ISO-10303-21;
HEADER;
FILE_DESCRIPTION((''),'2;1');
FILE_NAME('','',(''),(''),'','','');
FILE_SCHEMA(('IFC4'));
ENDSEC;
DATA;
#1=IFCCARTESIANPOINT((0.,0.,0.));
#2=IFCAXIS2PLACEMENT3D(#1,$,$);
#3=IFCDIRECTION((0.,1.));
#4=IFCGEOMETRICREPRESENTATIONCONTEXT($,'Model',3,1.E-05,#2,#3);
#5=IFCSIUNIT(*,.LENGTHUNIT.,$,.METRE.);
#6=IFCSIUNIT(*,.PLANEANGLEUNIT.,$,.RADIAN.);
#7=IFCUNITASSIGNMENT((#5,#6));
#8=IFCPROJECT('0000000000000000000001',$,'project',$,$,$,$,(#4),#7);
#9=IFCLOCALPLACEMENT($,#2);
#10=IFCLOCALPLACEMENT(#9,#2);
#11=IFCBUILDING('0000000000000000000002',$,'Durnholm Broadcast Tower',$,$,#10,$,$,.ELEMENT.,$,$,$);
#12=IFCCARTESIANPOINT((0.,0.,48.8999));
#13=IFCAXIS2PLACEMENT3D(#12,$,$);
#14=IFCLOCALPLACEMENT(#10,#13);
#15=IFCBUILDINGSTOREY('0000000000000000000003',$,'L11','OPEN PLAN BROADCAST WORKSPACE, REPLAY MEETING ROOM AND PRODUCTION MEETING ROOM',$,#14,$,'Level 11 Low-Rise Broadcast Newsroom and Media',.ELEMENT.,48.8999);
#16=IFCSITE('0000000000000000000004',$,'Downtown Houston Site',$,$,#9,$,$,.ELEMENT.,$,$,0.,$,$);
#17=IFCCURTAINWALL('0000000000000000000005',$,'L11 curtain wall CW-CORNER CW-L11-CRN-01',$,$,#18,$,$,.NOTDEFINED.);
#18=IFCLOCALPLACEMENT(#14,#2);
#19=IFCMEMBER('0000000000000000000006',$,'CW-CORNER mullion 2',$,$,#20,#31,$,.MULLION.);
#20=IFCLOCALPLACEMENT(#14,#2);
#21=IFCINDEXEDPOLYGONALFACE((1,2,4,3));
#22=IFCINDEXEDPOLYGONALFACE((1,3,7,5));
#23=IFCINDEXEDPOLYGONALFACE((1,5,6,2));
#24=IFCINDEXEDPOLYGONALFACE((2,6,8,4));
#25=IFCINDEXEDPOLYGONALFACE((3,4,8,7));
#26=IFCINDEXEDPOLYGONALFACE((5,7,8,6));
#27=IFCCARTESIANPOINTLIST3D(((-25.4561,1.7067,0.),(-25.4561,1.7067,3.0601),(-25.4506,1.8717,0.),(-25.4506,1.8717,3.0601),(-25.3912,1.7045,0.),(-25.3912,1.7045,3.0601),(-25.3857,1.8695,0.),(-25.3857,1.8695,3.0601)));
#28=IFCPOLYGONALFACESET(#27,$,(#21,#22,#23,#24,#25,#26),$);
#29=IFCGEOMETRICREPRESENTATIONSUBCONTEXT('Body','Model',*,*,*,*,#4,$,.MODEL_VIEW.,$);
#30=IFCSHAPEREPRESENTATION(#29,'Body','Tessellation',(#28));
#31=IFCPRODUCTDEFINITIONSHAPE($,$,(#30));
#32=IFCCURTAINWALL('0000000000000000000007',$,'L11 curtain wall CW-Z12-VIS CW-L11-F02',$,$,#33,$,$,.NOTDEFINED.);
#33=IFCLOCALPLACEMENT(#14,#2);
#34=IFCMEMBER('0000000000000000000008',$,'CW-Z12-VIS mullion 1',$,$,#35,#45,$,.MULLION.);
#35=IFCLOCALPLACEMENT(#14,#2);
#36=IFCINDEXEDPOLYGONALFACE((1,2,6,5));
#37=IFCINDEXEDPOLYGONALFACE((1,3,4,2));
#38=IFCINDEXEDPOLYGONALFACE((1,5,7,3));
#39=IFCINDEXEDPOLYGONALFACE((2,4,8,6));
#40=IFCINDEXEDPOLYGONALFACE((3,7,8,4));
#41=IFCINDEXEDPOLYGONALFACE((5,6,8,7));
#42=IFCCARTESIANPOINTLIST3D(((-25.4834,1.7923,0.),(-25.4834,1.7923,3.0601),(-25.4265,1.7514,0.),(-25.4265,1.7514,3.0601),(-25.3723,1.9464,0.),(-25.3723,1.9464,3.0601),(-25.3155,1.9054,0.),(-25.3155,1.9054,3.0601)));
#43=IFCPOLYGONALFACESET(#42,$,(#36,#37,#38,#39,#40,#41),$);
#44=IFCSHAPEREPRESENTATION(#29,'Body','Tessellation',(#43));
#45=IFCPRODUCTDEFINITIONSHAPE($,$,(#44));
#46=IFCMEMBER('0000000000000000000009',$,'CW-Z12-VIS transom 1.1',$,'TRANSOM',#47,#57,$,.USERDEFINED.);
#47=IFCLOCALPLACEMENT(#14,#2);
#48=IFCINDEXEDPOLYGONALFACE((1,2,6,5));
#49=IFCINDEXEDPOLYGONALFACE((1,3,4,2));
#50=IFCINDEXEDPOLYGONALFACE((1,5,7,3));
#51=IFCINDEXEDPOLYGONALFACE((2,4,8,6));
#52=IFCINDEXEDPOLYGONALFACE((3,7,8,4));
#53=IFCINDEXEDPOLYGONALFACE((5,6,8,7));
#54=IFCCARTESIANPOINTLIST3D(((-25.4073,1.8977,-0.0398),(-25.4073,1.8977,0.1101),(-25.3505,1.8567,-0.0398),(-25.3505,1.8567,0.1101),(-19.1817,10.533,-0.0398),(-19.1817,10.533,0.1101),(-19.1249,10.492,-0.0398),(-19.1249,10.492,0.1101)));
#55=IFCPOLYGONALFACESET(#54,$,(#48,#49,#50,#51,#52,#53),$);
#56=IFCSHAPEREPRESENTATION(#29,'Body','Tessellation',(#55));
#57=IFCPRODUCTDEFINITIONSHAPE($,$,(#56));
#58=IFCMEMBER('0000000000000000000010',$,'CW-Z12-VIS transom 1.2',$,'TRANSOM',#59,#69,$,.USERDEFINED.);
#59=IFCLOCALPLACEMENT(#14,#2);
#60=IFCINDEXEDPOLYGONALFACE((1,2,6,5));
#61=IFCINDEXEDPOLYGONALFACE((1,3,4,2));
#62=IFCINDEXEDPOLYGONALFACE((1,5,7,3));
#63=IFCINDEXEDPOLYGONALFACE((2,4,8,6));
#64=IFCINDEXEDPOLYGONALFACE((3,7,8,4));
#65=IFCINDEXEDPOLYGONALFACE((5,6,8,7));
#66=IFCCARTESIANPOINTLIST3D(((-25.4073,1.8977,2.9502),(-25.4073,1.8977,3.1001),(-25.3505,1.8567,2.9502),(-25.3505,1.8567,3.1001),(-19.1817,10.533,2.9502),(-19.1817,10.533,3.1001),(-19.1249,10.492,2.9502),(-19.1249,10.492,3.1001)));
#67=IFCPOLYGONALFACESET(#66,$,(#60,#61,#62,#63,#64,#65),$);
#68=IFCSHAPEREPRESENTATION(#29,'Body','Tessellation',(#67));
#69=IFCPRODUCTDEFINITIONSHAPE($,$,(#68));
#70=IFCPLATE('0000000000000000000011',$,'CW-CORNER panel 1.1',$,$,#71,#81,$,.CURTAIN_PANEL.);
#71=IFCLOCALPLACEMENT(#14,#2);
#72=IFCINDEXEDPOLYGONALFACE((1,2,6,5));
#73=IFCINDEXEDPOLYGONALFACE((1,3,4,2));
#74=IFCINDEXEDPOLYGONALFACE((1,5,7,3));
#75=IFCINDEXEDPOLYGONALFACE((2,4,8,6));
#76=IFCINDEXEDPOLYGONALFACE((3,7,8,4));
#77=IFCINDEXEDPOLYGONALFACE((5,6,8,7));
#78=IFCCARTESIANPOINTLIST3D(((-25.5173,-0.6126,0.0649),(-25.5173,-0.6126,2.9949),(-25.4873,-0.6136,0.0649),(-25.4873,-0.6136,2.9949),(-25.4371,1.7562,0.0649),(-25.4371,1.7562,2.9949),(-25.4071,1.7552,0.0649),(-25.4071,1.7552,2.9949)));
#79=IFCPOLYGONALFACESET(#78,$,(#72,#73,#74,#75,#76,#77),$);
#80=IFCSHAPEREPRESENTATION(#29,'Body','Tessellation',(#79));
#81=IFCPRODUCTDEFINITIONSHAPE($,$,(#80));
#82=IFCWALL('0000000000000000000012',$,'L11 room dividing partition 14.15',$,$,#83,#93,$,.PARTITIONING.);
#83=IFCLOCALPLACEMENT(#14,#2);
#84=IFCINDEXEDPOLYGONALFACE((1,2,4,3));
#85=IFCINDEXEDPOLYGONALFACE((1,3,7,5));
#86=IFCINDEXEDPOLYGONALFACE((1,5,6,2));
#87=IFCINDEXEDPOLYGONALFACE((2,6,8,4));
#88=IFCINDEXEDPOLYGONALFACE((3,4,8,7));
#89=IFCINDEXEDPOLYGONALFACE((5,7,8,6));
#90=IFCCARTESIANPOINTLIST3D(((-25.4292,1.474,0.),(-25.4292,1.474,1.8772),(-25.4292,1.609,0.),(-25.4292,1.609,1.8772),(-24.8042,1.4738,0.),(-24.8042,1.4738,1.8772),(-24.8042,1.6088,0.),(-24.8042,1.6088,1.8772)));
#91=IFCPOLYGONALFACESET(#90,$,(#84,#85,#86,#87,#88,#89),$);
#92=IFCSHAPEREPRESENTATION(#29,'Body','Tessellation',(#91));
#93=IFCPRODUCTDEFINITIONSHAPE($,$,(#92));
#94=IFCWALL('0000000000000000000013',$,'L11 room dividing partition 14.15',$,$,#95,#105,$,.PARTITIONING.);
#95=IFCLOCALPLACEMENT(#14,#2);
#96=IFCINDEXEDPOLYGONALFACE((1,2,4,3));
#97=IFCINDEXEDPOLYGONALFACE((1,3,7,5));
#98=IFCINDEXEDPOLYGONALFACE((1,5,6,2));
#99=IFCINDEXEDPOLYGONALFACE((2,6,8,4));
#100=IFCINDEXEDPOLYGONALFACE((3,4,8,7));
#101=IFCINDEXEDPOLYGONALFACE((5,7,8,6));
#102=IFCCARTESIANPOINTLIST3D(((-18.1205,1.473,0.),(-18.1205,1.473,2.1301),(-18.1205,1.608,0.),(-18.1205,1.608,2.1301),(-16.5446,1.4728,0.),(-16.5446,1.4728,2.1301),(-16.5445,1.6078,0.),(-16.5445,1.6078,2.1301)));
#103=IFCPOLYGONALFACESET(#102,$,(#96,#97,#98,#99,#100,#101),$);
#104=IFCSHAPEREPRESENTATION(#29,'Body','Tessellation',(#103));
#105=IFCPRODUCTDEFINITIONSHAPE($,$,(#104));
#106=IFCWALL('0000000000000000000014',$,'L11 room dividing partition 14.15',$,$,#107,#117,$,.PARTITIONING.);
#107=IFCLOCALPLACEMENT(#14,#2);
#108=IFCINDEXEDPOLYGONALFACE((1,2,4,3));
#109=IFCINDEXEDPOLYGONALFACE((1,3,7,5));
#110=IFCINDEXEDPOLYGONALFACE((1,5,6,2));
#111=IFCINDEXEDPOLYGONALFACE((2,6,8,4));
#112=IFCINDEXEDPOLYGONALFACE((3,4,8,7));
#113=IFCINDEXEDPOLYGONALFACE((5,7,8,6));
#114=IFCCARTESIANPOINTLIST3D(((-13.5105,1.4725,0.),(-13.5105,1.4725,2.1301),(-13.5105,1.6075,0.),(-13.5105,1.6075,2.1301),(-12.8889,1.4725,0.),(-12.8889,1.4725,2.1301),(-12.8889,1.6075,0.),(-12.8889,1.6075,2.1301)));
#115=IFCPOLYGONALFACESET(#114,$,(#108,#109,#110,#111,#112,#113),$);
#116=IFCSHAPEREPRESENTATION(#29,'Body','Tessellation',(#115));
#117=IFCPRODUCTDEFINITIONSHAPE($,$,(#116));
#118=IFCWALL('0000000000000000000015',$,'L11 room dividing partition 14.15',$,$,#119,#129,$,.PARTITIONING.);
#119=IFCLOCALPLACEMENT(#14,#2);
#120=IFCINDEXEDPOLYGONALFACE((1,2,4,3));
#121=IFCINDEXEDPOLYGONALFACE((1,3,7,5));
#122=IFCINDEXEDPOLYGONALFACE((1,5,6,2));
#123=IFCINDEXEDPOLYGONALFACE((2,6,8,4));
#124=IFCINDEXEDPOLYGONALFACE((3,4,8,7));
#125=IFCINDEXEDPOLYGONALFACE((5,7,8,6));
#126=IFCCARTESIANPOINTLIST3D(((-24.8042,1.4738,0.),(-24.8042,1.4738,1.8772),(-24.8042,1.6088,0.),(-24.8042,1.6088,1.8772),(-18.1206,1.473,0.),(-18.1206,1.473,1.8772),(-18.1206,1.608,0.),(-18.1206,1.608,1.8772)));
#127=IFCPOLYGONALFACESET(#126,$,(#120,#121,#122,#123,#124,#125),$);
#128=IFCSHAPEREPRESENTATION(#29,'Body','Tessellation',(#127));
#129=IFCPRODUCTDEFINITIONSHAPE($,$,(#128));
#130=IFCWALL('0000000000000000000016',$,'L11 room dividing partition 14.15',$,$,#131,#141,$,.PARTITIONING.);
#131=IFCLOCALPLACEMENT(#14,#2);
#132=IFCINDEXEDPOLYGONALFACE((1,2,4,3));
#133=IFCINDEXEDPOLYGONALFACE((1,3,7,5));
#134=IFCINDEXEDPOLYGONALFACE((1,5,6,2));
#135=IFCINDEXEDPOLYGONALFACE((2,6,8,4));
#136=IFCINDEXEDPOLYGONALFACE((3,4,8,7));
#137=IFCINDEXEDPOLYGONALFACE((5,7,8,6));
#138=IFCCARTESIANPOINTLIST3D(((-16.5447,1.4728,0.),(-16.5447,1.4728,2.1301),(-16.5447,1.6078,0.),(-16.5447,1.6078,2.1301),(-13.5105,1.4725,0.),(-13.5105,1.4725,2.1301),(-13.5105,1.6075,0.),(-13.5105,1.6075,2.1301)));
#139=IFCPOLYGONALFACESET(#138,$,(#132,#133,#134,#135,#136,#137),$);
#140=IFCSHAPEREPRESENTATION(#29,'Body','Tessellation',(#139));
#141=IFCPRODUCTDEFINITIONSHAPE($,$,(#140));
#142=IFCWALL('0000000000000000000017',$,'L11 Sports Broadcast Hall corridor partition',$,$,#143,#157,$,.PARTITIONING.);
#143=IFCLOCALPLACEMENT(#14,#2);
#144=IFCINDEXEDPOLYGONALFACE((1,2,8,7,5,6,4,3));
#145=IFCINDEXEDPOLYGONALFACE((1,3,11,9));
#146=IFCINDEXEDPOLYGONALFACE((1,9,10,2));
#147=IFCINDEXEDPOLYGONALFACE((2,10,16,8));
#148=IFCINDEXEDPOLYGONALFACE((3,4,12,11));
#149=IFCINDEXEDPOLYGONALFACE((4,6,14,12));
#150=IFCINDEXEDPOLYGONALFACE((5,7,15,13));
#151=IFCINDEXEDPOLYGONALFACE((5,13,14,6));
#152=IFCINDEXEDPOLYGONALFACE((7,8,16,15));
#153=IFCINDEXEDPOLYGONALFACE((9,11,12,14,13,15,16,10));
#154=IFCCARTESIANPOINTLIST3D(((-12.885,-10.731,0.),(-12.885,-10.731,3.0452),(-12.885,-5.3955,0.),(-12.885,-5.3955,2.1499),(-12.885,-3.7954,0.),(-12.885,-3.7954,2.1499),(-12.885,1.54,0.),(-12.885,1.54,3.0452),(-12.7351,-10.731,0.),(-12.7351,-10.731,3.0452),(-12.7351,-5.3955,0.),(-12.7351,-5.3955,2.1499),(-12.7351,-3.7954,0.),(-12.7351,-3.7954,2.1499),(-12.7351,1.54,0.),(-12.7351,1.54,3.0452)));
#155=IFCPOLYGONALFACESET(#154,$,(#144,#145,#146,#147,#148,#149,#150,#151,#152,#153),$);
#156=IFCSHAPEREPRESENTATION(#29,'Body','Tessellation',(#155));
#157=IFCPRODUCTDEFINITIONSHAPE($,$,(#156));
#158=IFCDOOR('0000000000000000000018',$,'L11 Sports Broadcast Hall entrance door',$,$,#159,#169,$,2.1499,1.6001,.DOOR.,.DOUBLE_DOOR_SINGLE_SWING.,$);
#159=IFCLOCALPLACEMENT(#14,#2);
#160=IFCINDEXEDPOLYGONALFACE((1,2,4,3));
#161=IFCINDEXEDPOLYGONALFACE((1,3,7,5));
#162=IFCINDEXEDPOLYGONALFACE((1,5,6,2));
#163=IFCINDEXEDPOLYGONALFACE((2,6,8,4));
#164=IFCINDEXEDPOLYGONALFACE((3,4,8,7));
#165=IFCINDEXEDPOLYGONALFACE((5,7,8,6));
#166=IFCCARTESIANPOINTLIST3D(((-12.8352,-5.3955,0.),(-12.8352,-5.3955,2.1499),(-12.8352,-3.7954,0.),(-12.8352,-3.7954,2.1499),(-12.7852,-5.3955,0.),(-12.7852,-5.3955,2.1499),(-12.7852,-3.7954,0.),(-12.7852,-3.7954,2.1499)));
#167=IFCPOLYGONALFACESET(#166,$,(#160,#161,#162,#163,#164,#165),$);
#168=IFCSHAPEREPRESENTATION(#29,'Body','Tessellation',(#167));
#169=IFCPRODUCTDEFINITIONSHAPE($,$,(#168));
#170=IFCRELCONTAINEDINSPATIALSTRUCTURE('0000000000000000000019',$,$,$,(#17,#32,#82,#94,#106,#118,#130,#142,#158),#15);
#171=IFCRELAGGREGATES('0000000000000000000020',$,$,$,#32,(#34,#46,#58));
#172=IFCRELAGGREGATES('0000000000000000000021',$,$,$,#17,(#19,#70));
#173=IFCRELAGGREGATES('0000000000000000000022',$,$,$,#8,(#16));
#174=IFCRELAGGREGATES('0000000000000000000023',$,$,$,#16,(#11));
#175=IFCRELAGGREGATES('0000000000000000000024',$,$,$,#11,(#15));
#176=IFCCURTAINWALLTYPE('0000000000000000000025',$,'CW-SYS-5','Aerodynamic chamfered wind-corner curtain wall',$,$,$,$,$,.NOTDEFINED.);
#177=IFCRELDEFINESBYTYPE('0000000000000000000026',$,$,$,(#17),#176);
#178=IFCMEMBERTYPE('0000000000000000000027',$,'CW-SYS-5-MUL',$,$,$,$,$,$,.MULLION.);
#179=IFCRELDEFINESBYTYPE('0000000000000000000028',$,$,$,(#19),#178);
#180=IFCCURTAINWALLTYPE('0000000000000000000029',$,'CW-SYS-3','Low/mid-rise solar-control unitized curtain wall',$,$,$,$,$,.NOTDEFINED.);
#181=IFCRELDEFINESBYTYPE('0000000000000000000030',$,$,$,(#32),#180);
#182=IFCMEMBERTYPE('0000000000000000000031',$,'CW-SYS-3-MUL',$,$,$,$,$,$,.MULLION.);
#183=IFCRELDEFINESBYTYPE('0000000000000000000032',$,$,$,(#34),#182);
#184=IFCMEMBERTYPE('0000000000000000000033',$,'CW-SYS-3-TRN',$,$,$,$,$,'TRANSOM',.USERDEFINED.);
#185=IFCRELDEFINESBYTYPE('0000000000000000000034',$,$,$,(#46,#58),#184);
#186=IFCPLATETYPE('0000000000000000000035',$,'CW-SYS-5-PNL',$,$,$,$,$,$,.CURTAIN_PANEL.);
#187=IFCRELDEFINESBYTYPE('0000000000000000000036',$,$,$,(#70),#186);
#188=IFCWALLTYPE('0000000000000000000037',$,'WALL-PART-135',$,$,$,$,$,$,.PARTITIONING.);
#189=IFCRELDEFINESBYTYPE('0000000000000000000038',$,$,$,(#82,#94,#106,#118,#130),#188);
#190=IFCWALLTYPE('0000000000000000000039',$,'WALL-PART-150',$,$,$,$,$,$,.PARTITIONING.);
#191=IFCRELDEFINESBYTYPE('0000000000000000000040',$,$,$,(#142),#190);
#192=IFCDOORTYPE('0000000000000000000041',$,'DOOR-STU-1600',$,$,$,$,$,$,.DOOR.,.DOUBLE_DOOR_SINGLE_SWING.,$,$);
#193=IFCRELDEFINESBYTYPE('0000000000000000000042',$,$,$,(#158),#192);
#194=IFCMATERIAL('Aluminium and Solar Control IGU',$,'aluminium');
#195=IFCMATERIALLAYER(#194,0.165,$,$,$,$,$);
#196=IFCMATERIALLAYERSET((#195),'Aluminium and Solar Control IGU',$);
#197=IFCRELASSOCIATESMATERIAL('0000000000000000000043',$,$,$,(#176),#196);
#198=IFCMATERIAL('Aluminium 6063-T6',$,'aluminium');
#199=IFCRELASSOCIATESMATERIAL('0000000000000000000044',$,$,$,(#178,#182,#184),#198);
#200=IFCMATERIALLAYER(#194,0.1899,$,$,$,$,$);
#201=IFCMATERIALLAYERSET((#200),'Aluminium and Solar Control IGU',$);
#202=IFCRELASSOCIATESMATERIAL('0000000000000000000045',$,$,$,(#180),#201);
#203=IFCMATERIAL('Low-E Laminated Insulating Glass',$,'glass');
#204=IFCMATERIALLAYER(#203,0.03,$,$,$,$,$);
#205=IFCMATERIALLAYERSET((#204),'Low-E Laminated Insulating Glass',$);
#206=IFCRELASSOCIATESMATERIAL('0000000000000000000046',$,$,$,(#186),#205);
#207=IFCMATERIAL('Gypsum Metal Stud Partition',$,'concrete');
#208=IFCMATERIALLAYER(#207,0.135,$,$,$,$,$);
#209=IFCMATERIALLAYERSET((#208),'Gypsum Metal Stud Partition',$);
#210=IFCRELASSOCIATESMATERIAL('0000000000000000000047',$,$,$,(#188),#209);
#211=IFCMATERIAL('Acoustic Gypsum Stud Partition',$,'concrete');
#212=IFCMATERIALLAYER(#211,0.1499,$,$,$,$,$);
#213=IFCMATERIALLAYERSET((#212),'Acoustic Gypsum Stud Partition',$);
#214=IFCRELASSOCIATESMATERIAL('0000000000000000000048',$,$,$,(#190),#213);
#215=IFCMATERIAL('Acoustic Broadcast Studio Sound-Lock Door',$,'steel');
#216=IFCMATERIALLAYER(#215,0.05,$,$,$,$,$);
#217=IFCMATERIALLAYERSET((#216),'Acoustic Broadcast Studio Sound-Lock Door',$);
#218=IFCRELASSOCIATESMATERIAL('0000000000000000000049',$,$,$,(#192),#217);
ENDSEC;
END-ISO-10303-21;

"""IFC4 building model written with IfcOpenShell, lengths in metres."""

from ifc_helpers import new_model, si_unit, direction, frame, frame_2d, origin, origin_2d, place, context, subcontext, project, spatial, rectangle, extrude, source, transform, mapped, material, layer, layer_set, material_profile, profile_set, type_object, type_shapes, element, fill, aggregate, save


model = new_model("IFC4")

# Units and contexts
model_context = context("Model", 3, precision=1e-05, world=origin(), true_north=direction((0.0, 1.0)))
body_context = subcontext(model_context, "Body", "Model", "MODEL_VIEW")
ifc_project = project(units=[si_unit("LENGTHUNIT", "METRE"), si_unit("PLANEANGLEUNIT", "RADIAN")], contexts=[model_context])

# Site, building, storey
site_placement = place(None, origin())
site = spatial("IfcSite", under=ifc_project, at=site_placement, Name="Downtown Houston Site", CompositionType="ELEMENT", RefElevation=0.0)
building_placement = place(site_placement, origin())
building = spatial("IfcBuilding", under=site, at=building_placement, Name="Durnholm Broadcast Tower", CompositionType="ELEMENT")
storey_placement = place(building_placement, frame((0.0, 0.0, 48.8999)))
storey = spatial("IfcBuildingStorey", under=building, at=storey_placement, Name="L11", Description="OPEN PLAN BROADCAST WORKSPACE, REPLAY MEETING ROOM AND PRODUCTION MEETING ROOM", LongName="Level 11 Low-Rise Broadcast Newsroom and Media", CompositionType="ELEMENT", Elevation=48.8999)

# Curtain wall, member
ifc_material_1 = material(Name="Aluminium and Solar Control IGU", Category="aluminium")
ifc_layer_1 = layer(ifc_material_1, 0.165)
ifc_layer_set_1 = layer_set([ifc_layer_1], Name="Aluminium and Solar Control IGU")
curtain_wall_type_1 = type_object("IfcCurtainWallType", Name="CW-SYS-5", Description="Aerodynamic chamfered wind-corner curtain wall", PredefinedType="NOTDEFINED", material=ifc_layer_set_1)
curtain_wall_1_placement = place(storey_placement, origin())
curtain_wall_1 = element("IfcCurtainWall", 1, at=curtain_wall_1_placement, inside=storey, type_object=curtain_wall_type_1, Name="L11 curtain wall CW-CORNER CW-L11-CRN-01", PredefinedType="NOTDEFINED")
ifc_material_2 = material(Name="Aluminium 6063-T6", Category="aluminium")
ifc_material_profile_1 = material_profile(ifc_material_2, rectangle(XDim=0.0649, YDim=0.165, at=origin_2d()), Name="CWM65X165")
ifc_profile_set_1 = profile_set([ifc_material_profile_1], Name="Aluminium 6063-T6")
member_type_1 = type_object("IfcMemberType", Name="CW-SYS-5-MUL", PredefinedType="MULLION", material=ifc_profile_set_1)
shared_shape_1 = source(origin(), body_context, "Body", "SweptSolid", [
    extrude(rectangle(XDim=0.0649, YDim=0.165, at=origin_2d()), origin(), (0.0, 0.0, 1.0), 3.0601),
])
type_shapes(member_type_1, [shared_shape_1])
member_1_placement = place(storey_placement, frame((-25.4209, 1.7881, 0.0), z_axis=(0.0, 0.0, 1.0), x_axis=(-0.999427, 0.03384, 0.0)))
member_1 = element("IfcMember", 2, at=member_1_placement, type_object=member_type_1, Name="CW-CORNER mullion 2", PredefinedType="MULLION", context=body_context, shape_type="MappedRepresentation", body=[
    mapped(shared_shape_1, transform((0.0, 0.0, 0.0), x_axis=(1.0, 0.0, 0.0), y_axis=(0.0, 1.0, 0.0), z_axis=(0.0, 0.0, 1.0), scale=1.0)),
])

# Curtain wall, members
ifc_layer_2 = layer(ifc_material_1, 0.1899)
ifc_layer_set_2 = layer_set([ifc_layer_2], Name="Aluminium and Solar Control IGU")
curtain_wall_type_2 = type_object("IfcCurtainWallType", Name="CW-SYS-3", Description="Low/mid-rise solar-control unitized curtain wall", PredefinedType="NOTDEFINED", material=ifc_layer_set_2)
curtain_wall_2_placement = place(storey_placement, origin())
curtain_wall_2 = element("IfcCurtainWall", 3, at=curtain_wall_2_placement, inside=storey, type_object=curtain_wall_type_2, Name="L11 curtain wall CW-Z12-VIS CW-L11-F02", PredefinedType="NOTDEFINED")
ifc_material_profile_2 = material_profile(ifc_material_2, rectangle(XDim=0.0701, YDim=0.1899, at=origin_2d()), Name="CWM70X190")
ifc_profile_set_2 = profile_set([ifc_material_profile_2], Name="Aluminium 6063-T6")
member_type_2 = type_object("IfcMemberType", Name="CW-SYS-3-MUL", PredefinedType="MULLION", material=ifc_profile_set_2)
shared_shape_2 = source(origin(), body_context, "Body", "SweptSolid", [
    extrude(rectangle(XDim=0.0701, YDim=0.1899, at=origin_2d()), origin(), (0.0, 0.0, 1.0), 3.0601),
])
type_shapes(member_type_2, [shared_shape_2])
member_2_placement = place(storey_placement, frame((-25.3994, 1.8489, 0.0), z_axis=(0.0, 0.0, 1.0), x_axis=(-0.811161, 0.584823, 0.0)))
member_2 = element("IfcMember", 4, at=member_2_placement, type_object=member_type_2, Name="CW-Z12-VIS mullion 1", PredefinedType="MULLION", context=body_context, shape_type="MappedRepresentation", body=[
    mapped(shared_shape_2, transform((0.0, 0.0, 0.0), x_axis=(1.0, 0.0, 0.0), y_axis=(0.0, 1.0, 0.0), z_axis=(0.0, 0.0, 1.0), scale=1.0)),
])
ifc_material_profile_3 = material_profile(ifc_material_2, rectangle(XDim=0.0701, YDim=0.1499, at=origin_2d()), Name="CWT70X150")
ifc_profile_set_3 = profile_set([ifc_material_profile_3], Name="Aluminium 6063-T6")
member_type_3 = type_object("IfcMemberType", Name="CW-SYS-3-TRN", ElementType="TRANSOM", PredefinedType="USERDEFINED", material=ifc_profile_set_3)
shared_shape_3 = source(origin(), body_context, "Body", "SweptSolid", [
    extrude(rectangle(XDim=0.0701, YDim=0.1499, at=origin_2d()), origin(), (0.0, 0.0, 1.0), 10.6455),
])
type_shapes(member_type_3, [shared_shape_3])
member_3_placement = place(storey_placement, frame((-25.3789, 1.8772, 0.0352), z_axis=(0.584812, 0.811169, 0.0), x_axis=(-0.811169, 0.584812, 0.0)))
member_3 = element("IfcMember", 5, at=member_3_placement, type_object=member_type_3, Name="CW-Z12-VIS transom 1.1", ObjectType="TRANSOM", PredefinedType="USERDEFINED", context=body_context, shape_type="MappedRepresentation", body=[
    mapped(shared_shape_3, transform((0.0, 0.0, 0.0), x_axis=(1.0, 0.0, 0.0), y_axis=(0.0, 1.0, 0.0), z_axis=(0.0, 0.0, 1.0), scale=1.0)),
])
member_4_placement = place(storey_placement, frame((-25.3789, 1.8772, 3.0251), z_axis=(0.584812, 0.811169, 0.0), x_axis=(-0.811169, 0.584812, 0.0)))
member_4 = element("IfcMember", 6, at=member_4_placement, type_object=member_type_3, Name="CW-Z12-VIS transom 1.2", ObjectType="TRANSOM", PredefinedType="USERDEFINED", context=body_context, shape_type="MappedRepresentation", body=[
    mapped(shared_shape_3, transform((0.0, 0.0, 0.0), x_axis=(1.0, 0.0, 0.0), y_axis=(0.0, 1.0, 0.0), z_axis=(0.0, 0.0, 1.0), scale=1.0)),
])
aggregate(curtain_wall_2, [member_2, member_3, member_4])

# Plate
ifc_material_3 = material(Name="Low-E Laminated Insulating Glass", Category="glass")
ifc_layer_3 = layer(ifc_material_3, 0.03)
ifc_layer_set_3 = layer_set([ifc_layer_3], Name="Low-E Laminated Insulating Glass")
plate_type = type_object("IfcPlateType", Name="CW-SYS-5-PNL", PredefinedType="CURTAIN_PANEL", material=ifc_layer_set_3)
shared_shape_4 = source(origin(), body_context, "Body", "SweptSolid", [
    extrude(rectangle(XDim=2.3701, YDim=0.03, at=origin_2d()), origin(), (0.0, 0.0, 1.0), 2.9299),
])
type_shapes(plate_type, [shared_shape_4])
plate_placement = place(storey_placement, frame((-25.4622, 0.5713, 0.0649), z_axis=(0.0, 0.0, 1.0), x_axis=(0.03384, 0.999427, 0.0)))
plate = element("IfcPlate", 7, at=plate_placement, type_object=plate_type, Name="CW-CORNER panel 1.1", PredefinedType="CURTAIN_PANEL", context=body_context, shape_type="MappedRepresentation", body=[
    mapped(shared_shape_4, transform((0.0, 0.0, 0.0), x_axis=(1.0, 0.0, 0.0), y_axis=(0.0, 1.0, 0.0), z_axis=(0.0, 0.0, 1.0), scale=1.0)),
])
aggregate(curtain_wall_1, [member_1, plate])

# Walls
ifc_material_4 = material(Name="Gypsum Metal Stud Partition", Category="concrete")
ifc_layer_4 = layer(ifc_material_4, 0.135)
ifc_layer_set_4 = layer_set([ifc_layer_4], Name="Gypsum Metal Stud Partition")
wall_type_1 = type_object("IfcWallType", Name="WALL-PART-135", PredefinedType="PARTITIONING", material=ifc_layer_set_4)
wall_1_placement = place(storey_placement, frame((-25.4292, 1.5415, 0.0), z_axis=(0.0, 0.0, 1.0), x_axis=(1.0, -0.000391, 0.0)))
element("IfcWall", 8, at=wall_1_placement, inside=storey, type_object=wall_type_1, Name="L11 room dividing partition 14.15", PredefinedType="PARTITIONING", context=body_context, shape_type="SweptSolid", body=[
    extrude(rectangle(XDim=0.625, YDim=0.135, at=frame_2d((0.3125, 0.0))), origin(), (0.0, 0.0, 1.0), 1.8772),
])
wall_2_placement = place(storey_placement, frame((-18.1206, 1.5405, 0.0), z_axis=(0.0, 0.0, 1.0), x_axis=(1.0, -0.000155, 0.0)))
element("IfcWall", 9, at=wall_2_placement, inside=storey, type_object=wall_type_1, Name="L11 room dividing partition 14.15", PredefinedType="PARTITIONING", context=body_context, shape_type="SweptSolid", body=[
    extrude(rectangle(XDim=1.5759, YDim=0.135, at=frame_2d((0.7881, 0.0))), origin(), (0.0, 0.0, 1.0), 2.1301),
])
wall_3_placement = place(storey_placement, frame((-13.5105, 1.54, 0.0), z_axis=(0.0, 0.0, 1.0), x_axis=(1.0, 0.0, 0.0)))
element("IfcWall", 10, at=wall_3_placement, inside=storey, type_object=wall_type_1, Name="L11 room dividing partition 14.15", PredefinedType="PARTITIONING", context=body_context, shape_type="SweptSolid", body=[
    extrude(rectangle(XDim=0.6216, YDim=0.135, at=frame_2d((0.3108, 0.0))), origin(), (0.0, 0.0, 1.0), 2.1301),
])
wall_4_placement = place(storey_placement, frame((-24.8042, 1.5413, 0.0), z_axis=(0.0, 0.0, 1.0), x_axis=(1.0, -0.00011, 0.0)))
element("IfcWall", 11, at=wall_4_placement, inside=storey, type_object=wall_type_1, Name="L11 room dividing partition 14.15", PredefinedType="PARTITIONING", context=body_context, shape_type="SweptSolid", body=[
    extrude(rectangle(XDim=6.6836, YDim=0.135, at=frame_2d((3.3418, 0.0))), origin(), (0.0, 0.0, 1.0), 1.8772),
])
wall_5_placement = place(storey_placement, frame((-16.5447, 1.5403, 0.0), z_axis=(0.0, 0.0, 1.0), x_axis=(1.0, -0.00008, 0.0)))
element("IfcWall", 12, at=wall_5_placement, inside=storey, type_object=wall_type_1, Name="L11 room dividing partition 14.15", PredefinedType="PARTITIONING", context=body_context, shape_type="SweptSolid", body=[
    extrude(rectangle(XDim=3.0342, YDim=0.135, at=frame_2d((1.5171, 0.0))), origin(), (0.0, 0.0, 1.0), 2.1301),
])

# Wall, opening, door
ifc_material_5 = material(Name="Acoustic Gypsum Stud Partition", Category="concrete")
ifc_layer_5 = layer(ifc_material_5, 0.1499)
ifc_layer_set_5 = layer_set([ifc_layer_5], Name="Acoustic Gypsum Stud Partition")
wall_type_2 = type_object("IfcWallType", Name="WALL-PART-150", PredefinedType="PARTITIONING", material=ifc_layer_set_5)
wall_6_placement = place(storey_placement, frame((-12.8101, 1.54, 0.0), z_axis=(0.0, 0.0, 1.0), x_axis=(0.0, -1.0, 0.0)))
wall_6 = element("IfcWall", 13, at=wall_6_placement, inside=storey, type_object=wall_type_2, Name="L11 Sports Broadcast Hall corridor partition", PredefinedType="PARTITIONING", context=body_context, shape_type="SweptSolid", body=[
    extrude(rectangle(XDim=12.271, YDim=0.1499, at=frame_2d((6.1355, 0.0))), origin(), (0.0, 0.0, 1.0), 3.0452),
])
opening_placement = place(wall_6_placement, frame((5.3354, 0.0, 0.0)))
opening = element("IfcOpeningElement", 14, at=opening_placement, cuts=wall_6, PredefinedType="OPENING", context=body_context, shape_type="SweptSolid", body=[
    extrude(rectangle(XDim=1.6001, YDim=2.1499, at=frame_2d((0.8, 1.075))), frame((0.0, 0.085, 0.0), z_axis=(0.0, -1.0, 0.0), x_axis=(1.0, 0.0, 0.0)), (0.0, 0.0, 1.0), 0.1699),
])
ifc_material_6 = material(Name="Acoustic Broadcast Studio Sound-Lock Door", Category="steel")
ifc_layer_6 = layer(ifc_material_6, 0.05)
ifc_layer_set_6 = layer_set([ifc_layer_6], Name="Acoustic Broadcast Studio Sound-Lock Door")
door_type = type_object("IfcDoorType", Name="DOOR-STU-1600", OperationType="DOUBLE_DOOR_SINGLE_SWING", PredefinedType="DOOR", material=ifc_layer_set_6)
shared_shape_5 = source(origin(), body_context, "Body", "SweptSolid", [
    extrude(rectangle(XDim=1.6001, YDim=2.1499, at=frame_2d((0.8, 1.075))), frame((0.0, 0.0249, 0.0), z_axis=(0.0, -1.0, 0.0), x_axis=(1.0, 0.0, 0.0)), (0.0, 0.0, 1.0), 0.05),
])
type_shapes(door_type, [shared_shape_5])
door_placement = place(opening_placement, origin())
door = element("IfcDoor", 15, at=door_placement, inside=storey, type_object=door_type, Name="L11 Sports Broadcast Hall entrance door", OperationType="DOUBLE_DOOR_SINGLE_SWING", OverallHeight=2.1499, OverallWidth=1.6001, PredefinedType="DOOR", context=body_context, shape_type="MappedRepresentation", body=[
    mapped(shared_shape_5, transform((0.0, 0.0, 0.0), x_axis=(1.0, 0.0, 0.0), y_axis=(0.0, 1.0, 0.0), z_axis=(0.0, 0.0, 1.0), scale=1.0)),
])
fill(opening, door)

save(model, "model.ifc")
